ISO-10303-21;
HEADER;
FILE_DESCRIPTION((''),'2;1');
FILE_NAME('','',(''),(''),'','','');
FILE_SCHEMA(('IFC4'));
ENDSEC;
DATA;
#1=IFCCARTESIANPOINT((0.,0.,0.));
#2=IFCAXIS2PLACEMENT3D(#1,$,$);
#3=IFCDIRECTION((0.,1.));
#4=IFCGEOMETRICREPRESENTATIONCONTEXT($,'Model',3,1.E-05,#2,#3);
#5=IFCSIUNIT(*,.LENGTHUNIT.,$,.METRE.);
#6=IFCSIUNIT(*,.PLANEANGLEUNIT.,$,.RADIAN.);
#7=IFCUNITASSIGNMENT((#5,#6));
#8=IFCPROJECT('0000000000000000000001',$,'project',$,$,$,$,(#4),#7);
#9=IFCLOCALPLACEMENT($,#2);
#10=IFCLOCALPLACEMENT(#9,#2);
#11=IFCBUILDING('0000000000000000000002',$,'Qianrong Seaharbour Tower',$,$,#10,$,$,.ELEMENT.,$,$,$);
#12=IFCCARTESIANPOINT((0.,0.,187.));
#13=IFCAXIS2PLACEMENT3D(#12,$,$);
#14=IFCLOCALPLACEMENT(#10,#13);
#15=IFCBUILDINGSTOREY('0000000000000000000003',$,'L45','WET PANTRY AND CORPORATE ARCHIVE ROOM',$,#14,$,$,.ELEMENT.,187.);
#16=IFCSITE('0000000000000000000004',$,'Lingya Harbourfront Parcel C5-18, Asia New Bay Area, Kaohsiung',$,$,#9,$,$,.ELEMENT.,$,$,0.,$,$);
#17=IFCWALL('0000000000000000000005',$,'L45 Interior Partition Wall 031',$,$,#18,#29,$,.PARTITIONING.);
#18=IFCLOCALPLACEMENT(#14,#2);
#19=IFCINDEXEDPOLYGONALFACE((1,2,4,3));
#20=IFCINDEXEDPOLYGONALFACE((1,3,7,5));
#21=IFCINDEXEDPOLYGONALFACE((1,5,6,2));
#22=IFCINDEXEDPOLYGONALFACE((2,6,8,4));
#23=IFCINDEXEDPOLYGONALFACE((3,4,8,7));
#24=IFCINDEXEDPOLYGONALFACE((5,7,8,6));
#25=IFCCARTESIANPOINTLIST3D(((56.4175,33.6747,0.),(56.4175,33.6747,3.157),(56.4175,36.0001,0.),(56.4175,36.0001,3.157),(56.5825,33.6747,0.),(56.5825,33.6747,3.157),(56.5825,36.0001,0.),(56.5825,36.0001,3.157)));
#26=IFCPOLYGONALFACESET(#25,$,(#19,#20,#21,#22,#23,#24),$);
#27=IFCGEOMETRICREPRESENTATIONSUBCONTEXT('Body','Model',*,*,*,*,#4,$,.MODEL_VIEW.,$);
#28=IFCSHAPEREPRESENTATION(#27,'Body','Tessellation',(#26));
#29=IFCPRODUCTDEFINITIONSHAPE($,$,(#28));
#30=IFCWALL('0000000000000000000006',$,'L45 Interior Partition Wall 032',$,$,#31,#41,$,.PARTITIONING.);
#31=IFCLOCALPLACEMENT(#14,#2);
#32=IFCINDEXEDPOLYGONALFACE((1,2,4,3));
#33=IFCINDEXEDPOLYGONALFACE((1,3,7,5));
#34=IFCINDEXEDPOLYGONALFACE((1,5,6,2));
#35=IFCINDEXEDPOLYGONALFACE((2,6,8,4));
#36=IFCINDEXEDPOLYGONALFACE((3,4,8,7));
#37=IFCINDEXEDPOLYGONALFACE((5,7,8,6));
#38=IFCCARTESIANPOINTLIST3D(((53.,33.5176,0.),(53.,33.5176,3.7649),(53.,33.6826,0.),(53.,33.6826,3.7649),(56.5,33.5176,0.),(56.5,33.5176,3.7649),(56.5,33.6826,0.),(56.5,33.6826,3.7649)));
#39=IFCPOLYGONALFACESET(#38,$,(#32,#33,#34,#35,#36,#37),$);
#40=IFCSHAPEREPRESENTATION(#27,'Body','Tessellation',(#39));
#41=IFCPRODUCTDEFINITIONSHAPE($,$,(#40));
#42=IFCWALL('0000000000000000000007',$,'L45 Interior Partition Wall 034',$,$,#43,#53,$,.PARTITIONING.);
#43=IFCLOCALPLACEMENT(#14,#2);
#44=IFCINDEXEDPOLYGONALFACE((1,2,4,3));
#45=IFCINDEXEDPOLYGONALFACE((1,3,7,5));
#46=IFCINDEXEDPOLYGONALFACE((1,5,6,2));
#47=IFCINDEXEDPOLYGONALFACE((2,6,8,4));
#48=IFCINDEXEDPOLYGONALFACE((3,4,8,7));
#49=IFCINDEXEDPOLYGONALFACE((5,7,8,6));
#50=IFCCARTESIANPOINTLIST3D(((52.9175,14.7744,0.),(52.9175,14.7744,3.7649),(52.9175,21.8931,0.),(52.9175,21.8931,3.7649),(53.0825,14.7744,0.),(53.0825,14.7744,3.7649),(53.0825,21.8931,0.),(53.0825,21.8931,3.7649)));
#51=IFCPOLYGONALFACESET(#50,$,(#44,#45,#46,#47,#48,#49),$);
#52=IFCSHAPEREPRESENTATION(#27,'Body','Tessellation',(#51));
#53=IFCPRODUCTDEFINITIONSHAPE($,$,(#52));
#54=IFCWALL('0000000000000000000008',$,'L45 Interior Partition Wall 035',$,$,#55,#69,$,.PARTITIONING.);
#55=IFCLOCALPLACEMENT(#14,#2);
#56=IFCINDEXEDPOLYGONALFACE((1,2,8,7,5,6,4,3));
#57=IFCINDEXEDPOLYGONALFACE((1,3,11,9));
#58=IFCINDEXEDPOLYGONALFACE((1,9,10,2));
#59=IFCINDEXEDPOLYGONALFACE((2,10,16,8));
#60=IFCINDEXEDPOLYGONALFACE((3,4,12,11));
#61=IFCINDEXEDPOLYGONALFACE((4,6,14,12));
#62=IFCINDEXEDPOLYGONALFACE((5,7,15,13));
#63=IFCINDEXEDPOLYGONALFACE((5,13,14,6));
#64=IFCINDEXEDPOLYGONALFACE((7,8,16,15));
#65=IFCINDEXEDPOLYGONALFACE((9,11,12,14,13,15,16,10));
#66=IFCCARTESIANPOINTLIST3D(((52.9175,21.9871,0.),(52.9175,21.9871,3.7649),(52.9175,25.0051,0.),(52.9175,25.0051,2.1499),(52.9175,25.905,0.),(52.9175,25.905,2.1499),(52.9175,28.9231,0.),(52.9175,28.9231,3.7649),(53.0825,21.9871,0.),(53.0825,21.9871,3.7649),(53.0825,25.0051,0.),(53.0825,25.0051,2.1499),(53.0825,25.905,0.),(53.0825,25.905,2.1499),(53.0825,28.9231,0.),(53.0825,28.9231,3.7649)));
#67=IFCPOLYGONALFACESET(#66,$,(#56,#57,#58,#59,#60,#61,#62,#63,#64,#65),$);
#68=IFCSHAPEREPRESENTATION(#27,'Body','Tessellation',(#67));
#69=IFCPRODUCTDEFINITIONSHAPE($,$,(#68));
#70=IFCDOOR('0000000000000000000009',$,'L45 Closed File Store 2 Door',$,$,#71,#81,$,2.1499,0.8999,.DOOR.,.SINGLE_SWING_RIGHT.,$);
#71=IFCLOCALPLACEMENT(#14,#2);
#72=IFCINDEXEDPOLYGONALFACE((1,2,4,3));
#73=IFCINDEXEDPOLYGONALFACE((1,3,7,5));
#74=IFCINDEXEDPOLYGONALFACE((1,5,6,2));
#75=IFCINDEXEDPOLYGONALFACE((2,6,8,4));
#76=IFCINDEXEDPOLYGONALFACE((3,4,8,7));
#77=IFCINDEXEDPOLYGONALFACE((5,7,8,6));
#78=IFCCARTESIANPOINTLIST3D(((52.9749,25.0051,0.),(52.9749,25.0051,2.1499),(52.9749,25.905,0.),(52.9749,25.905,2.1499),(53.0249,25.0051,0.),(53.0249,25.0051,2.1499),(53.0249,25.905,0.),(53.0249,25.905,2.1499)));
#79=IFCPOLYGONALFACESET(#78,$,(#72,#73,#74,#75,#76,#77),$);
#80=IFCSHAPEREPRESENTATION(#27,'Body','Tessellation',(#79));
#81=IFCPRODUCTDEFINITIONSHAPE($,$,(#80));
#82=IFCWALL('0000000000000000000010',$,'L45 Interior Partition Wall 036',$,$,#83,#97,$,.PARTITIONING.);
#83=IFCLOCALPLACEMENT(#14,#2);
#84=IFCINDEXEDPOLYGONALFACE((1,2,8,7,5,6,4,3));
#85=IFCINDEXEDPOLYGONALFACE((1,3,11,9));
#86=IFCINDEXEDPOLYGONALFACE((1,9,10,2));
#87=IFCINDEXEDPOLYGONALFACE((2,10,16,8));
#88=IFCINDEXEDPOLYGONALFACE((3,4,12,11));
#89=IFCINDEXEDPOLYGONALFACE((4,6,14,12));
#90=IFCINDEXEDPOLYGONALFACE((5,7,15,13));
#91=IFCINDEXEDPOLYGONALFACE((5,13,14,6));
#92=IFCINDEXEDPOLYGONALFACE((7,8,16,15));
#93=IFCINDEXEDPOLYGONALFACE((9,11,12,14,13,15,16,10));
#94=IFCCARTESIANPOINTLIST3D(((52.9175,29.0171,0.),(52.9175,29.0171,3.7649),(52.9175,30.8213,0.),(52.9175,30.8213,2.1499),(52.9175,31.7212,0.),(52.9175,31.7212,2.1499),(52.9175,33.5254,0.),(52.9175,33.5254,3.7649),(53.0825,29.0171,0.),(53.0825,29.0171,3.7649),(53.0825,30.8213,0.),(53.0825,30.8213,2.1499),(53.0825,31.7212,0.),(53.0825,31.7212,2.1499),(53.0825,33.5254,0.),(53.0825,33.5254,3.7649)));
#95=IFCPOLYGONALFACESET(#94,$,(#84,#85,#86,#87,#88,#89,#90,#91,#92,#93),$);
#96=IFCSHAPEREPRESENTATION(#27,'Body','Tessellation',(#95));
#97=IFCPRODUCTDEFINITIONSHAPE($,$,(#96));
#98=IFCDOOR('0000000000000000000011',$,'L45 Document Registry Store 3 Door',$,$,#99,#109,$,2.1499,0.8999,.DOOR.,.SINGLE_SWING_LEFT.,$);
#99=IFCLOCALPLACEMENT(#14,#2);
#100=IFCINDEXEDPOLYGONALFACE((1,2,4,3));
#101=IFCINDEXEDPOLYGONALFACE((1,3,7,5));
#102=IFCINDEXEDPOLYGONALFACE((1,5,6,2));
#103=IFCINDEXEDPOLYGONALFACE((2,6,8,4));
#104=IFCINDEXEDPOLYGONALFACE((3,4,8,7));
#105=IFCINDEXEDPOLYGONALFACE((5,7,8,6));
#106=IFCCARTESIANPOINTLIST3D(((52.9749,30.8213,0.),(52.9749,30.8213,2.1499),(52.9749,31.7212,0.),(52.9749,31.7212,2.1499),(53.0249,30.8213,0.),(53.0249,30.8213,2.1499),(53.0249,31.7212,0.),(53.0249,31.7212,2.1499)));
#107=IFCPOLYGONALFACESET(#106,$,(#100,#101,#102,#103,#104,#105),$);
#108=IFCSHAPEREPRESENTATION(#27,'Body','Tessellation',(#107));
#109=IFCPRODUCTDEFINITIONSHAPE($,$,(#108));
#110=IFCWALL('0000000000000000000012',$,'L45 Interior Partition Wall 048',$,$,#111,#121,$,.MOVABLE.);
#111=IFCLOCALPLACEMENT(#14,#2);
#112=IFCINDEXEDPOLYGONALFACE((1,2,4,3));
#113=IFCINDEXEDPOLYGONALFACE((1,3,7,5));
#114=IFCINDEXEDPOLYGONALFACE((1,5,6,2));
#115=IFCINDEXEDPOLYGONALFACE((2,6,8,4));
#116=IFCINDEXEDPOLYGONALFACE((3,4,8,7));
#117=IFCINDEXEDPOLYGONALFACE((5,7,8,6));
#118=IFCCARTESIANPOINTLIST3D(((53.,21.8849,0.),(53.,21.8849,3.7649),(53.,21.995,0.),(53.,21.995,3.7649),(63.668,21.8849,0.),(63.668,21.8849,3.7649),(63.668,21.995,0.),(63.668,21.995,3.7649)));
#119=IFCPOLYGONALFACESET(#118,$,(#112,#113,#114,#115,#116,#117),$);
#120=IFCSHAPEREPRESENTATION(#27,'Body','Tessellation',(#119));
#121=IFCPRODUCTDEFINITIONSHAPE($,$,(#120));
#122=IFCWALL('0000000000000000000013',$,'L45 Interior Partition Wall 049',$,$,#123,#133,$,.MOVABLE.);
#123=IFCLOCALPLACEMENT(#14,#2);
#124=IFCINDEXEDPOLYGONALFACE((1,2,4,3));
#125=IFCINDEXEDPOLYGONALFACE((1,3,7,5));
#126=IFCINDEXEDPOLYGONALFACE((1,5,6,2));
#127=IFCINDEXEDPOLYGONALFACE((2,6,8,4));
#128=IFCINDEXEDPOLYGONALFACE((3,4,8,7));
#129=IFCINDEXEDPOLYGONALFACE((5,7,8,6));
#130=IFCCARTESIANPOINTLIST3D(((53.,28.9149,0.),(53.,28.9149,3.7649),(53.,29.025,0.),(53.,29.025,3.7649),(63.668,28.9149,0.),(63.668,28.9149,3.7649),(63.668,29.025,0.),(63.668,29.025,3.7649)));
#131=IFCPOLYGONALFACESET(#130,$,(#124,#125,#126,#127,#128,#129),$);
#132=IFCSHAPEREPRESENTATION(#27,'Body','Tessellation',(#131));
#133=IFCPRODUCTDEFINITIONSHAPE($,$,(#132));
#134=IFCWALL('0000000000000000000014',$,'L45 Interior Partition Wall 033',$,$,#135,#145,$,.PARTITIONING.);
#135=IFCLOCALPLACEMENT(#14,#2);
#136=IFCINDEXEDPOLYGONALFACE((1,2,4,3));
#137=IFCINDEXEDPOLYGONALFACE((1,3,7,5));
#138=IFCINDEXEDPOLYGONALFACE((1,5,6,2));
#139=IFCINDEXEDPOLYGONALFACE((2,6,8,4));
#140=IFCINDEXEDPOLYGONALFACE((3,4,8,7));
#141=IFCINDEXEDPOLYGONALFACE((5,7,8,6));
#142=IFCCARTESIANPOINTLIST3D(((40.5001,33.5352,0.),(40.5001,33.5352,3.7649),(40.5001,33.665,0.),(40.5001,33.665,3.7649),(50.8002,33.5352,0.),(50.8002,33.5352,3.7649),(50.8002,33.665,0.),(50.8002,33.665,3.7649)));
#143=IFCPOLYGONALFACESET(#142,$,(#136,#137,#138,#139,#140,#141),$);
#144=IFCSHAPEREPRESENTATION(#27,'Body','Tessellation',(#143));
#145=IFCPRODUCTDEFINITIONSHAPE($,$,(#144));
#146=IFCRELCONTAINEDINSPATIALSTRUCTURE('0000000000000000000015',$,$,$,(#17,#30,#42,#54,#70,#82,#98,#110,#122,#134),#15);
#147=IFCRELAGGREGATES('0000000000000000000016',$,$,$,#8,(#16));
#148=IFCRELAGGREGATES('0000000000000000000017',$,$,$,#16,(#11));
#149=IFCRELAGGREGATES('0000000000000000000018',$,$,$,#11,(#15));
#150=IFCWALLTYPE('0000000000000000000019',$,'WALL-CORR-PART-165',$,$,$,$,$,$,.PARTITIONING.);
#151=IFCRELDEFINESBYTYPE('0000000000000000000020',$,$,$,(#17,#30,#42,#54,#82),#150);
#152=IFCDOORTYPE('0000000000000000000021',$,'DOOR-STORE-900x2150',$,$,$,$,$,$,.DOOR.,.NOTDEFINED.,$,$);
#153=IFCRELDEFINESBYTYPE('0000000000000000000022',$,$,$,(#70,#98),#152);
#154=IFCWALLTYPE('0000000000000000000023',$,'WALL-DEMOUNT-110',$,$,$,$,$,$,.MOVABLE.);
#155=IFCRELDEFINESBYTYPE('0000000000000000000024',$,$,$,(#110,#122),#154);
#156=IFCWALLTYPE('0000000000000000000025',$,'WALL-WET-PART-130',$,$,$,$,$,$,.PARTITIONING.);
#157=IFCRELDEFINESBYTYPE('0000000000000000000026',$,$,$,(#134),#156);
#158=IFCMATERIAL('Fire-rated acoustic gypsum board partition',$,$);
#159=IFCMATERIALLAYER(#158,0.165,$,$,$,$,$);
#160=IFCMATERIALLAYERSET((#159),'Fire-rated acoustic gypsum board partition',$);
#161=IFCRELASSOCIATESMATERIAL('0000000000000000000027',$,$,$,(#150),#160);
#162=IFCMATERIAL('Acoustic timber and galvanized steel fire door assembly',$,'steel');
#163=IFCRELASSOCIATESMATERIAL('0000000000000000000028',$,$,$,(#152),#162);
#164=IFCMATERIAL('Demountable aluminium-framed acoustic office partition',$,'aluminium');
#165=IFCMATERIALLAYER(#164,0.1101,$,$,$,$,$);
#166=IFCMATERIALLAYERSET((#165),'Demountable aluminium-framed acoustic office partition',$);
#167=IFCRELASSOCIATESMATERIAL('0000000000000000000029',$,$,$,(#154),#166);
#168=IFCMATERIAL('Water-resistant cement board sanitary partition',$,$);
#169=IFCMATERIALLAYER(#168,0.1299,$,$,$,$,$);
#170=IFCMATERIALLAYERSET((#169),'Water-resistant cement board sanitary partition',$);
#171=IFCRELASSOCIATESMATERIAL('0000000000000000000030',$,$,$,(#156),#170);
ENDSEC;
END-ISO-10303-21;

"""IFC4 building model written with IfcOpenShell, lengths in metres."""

from ifc_helpers import new_model, si_unit, direction, frame, frame_2d, origin, place, context, subcontext, project, spatial, rectangle, extrude, material, layer, layer_set, type_object, element, fill, save


model = new_model("IFC4")

# Units and contexts
model_context = context("Model", 3, precision=1e-05, world=origin(), true_north=direction((0.0, 1.0)))
body_context = subcontext(model_context, "Body", "Model", "MODEL_VIEW")
ifc_project = project(units=[si_unit("LENGTHUNIT", "METRE"), si_unit("PLANEANGLEUNIT", "RADIAN")], contexts=[model_context])

# Site, building, storey
site_placement = place(None, origin())
site = spatial("IfcSite", under=ifc_project, at=site_placement, Name="Lingya Harbourfront Parcel C5-18, Asia New Bay Area, Kaohsiung", CompositionType="ELEMENT", RefElevation=0.0)
building_placement = place(site_placement, origin())
building = spatial("IfcBuilding", under=site, at=building_placement, Name="Qianrong Seaharbour Tower", CompositionType="ELEMENT")
storey_placement = place(building_placement, frame((0.0, 0.0, 187.0)))
storey = spatial("IfcBuildingStorey", under=building, at=storey_placement, Name="L45", Description="WET PANTRY AND CORPORATE ARCHIVE ROOM", CompositionType="ELEMENT", Elevation=187.0)

# Walls
ifc_material_1 = material(Name="Fire-rated acoustic gypsum board partition")
ifc_layer_1 = layer(ifc_material_1, 0.165)
ifc_layer_set_1 = layer_set([ifc_layer_1], Name="Fire-rated acoustic gypsum board partition")
wall_type_1 = type_object("IfcWallType", Name="WALL-CORR-PART-165", PredefinedType="PARTITIONING", material=ifc_layer_set_1)
wall_1_placement = place(storey_placement, frame((56.5, 36.0, 0.0), z_axis=(0.0, 0.0, 1.0), x_axis=(0.0, -1.0, 0.0)))
element("IfcWall", 1, at=wall_1_placement, inside=storey, type_object=wall_type_1, Name="L45 Interior Partition Wall 031", PredefinedType="PARTITIONING", context=body_context, shape_type="SweptSolid", body=[
    extrude(rectangle(XDim=2.3254, YDim=0.165, at=frame_2d((1.1626, 0.0))), origin(), (0.0, 0.0, 1.0), 3.157),
])
wall_2_placement = place(storey_placement, frame((56.5, 33.6001, 0.0), z_axis=(0.0, 0.0, 1.0), x_axis=(-1.0, 0.0, 0.0)))
element("IfcWall", 2, at=wall_2_placement, inside=storey, type_object=wall_type_1, Name="L45 Interior Partition Wall 032", PredefinedType="PARTITIONING", context=body_context, shape_type="SweptSolid", body=[
    extrude(rectangle(XDim=3.5, YDim=0.165, at=frame_2d((1.75, 0.0))), origin(), (0.0, 0.0, 1.0), 3.7649),
])
wall_3_placement = place(storey_placement, frame((53.0, 21.8931, 0.0), z_axis=(0.0, 0.0, 1.0), x_axis=(0.0, -1.0, 0.0)))
element("IfcWall", 3, at=wall_3_placement, inside=storey, type_object=wall_type_1, Name="L45 Interior Partition Wall 034", PredefinedType="PARTITIONING", context=body_context, shape_type="SweptSolid", body=[
    extrude(rectangle(XDim=7.1187, YDim=0.165, at=frame_2d((3.5593, 0.0))), origin(), (0.0, 0.0, 1.0), 3.7649),
])

# Walls, openings, doors
wall_4_placement = place(storey_placement, frame((53.0, 28.9231, 0.0), z_axis=(0.0, 0.0, 1.0), x_axis=(0.0, -1.0, 0.0)))
wall_4 = element("IfcWall", 4, at=wall_4_placement, inside=storey, type_object=wall_type_1, Name="L45 Interior Partition Wall 035", PredefinedType="PARTITIONING", context=body_context, shape_type="SweptSolid", body=[
    extrude(rectangle(XDim=6.936, YDim=0.165, at=frame_2d((3.468, 0.0))), origin(), (0.0, 0.0, 1.0), 3.7649),
])
opening_1_placement = place(wall_4_placement, frame((3.0181, 0.0, 0.0)))
opening_1 = element("IfcOpeningElement", 5, at=opening_1_placement, cuts=wall_4, PredefinedType="OPENING", context=body_context, shape_type="SweptSolid", body=[
    extrude(rectangle(XDim=0.8999, YDim=2.1499, at=frame_2d((0.45, 1.075))), frame((0.0, 0.0925, 0.0), z_axis=(0.0, -1.0, 0.0), x_axis=(1.0, 0.0, 0.0)), (0.0, 0.0, 1.0), 0.1851),
])
ifc_material_2 = material(Name="Acoustic timber and galvanized steel fire door assembly", Category="steel")
door_type = type_object("IfcDoorType", Name="DOOR-STORE-900x2150", OperationType="NOTDEFINED", PredefinedType="DOOR", material=ifc_material_2)
door_1_placement = place(opening_1_placement, origin())
door_1 = element("IfcDoor", 6, at=door_1_placement, inside=storey, type_object=door_type, Name="L45 Closed File Store 2 Door", OperationType="SINGLE_SWING_RIGHT", OverallHeight=2.1499, OverallWidth=0.8999, PredefinedType="DOOR", context=body_context, shape_type="SweptSolid", body=[
    extrude(rectangle(XDim=0.8999, YDim=2.1499, at=frame_2d((0.45, 1.075))), frame((0.0, 0.0249, 0.0), z_axis=(0.0, -1.0, 0.0), x_axis=(1.0, 0.0, 0.0)), (0.0, 0.0, 1.0), 0.05),
])
fill(opening_1, door_1)
wall_5_placement = place(storey_placement, frame((53.0, 33.5254, 0.0), z_axis=(0.0, 0.0, 1.0), x_axis=(0.0, -1.0, 0.0)))
wall_5 = element("IfcWall", 7, at=wall_5_placement, inside=storey, type_object=wall_type_1, Name="L45 Interior Partition Wall 036", PredefinedType="PARTITIONING", context=body_context, shape_type="SweptSolid", body=[
    extrude(rectangle(XDim=4.5083, YDim=0.165, at=frame_2d((2.2542, 0.0))), origin(), (0.0, 0.0, 1.0), 3.7649),
])
opening_2_placement = place(wall_5_placement, frame((1.8042, 0.0, 0.0)))
opening_2 = element("IfcOpeningElement", 8, at=opening_2_placement, cuts=wall_5, PredefinedType="OPENING", context=body_context, shape_type="SweptSolid", body=[
    extrude(rectangle(XDim=0.8999, YDim=2.1499, at=frame_2d((0.45, 1.075))), frame((0.0, 0.0925, 0.0), z_axis=(0.0, -1.0, 0.0), x_axis=(1.0, 0.0, 0.0)), (0.0, 0.0, 1.0), 0.1851),
])
door_2_placement = place(opening_2_placement, origin())
door_2 = element("IfcDoor", 9, at=door_2_placement, inside=storey, type_object=door_type, Name="L45 Document Registry Store 3 Door", OperationType="SINGLE_SWING_LEFT", OverallHeight=2.1499, OverallWidth=0.8999, PredefinedType="DOOR", context=body_context, shape_type="SweptSolid", body=[
    extrude(rectangle(XDim=0.8999, YDim=2.1499, at=frame_2d((0.45, 1.075))), frame((0.0, 0.0249, 0.0), z_axis=(0.0, -1.0, 0.0), x_axis=(1.0, 0.0, 0.0)), (0.0, 0.0, 1.0), 0.05),
])
fill(opening_2, door_2)

# Walls
ifc_material_3 = material(Name="Demountable aluminium-framed acoustic office partition", Category="aluminium")
ifc_layer_2 = layer(ifc_material_3, 0.1101)
ifc_layer_set_2 = layer_set([ifc_layer_2], Name="Demountable aluminium-framed acoustic office partition")
wall_type_2 = type_object("IfcWallType", Name="WALL-DEMOUNT-110", PredefinedType="MOVABLE", material=ifc_layer_set_2)
for number, where, z_axis, x_axis, name in (
    (10, (53.0, 21.9399, 0.0), (0.0, 0.0, 1.0), (1.0, 0.0, 0.0), "L45 Interior Partition Wall 048"),
    (11, (53.0, 28.97, 0.0), (0.0, 0.0, 1.0), (1.0, 0.0, 0.0), "L45 Interior Partition Wall 049"),
):
    element("IfcWall", number, at=place(storey_placement, frame(where, z_axis=z_axis, x_axis=x_axis)), inside=storey, type_object=wall_type_2, Name=name, PredefinedType="MOVABLE", context=body_context, shape_type="SweptSolid", body=[
        extrude(rectangle(XDim=10.668, YDim=0.1101, at=frame_2d((5.334, 0.0))), origin(), (0.0, 0.0, 1.0), 3.7649),
    ])
ifc_material_4 = material(Name="Water-resistant cement board sanitary partition")
ifc_layer_3 = layer(ifc_material_4, 0.1299)
ifc_layer_set_3 = layer_set([ifc_layer_3], Name="Water-resistant cement board sanitary partition")
wall_type_3 = type_object("IfcWallType", Name="WALL-WET-PART-130", PredefinedType="PARTITIONING", material=ifc_layer_set_3)
wall_6_placement = place(storey_placement, frame((50.8, 33.6001, 0.0), z_axis=(0.0, 0.0, 1.0), x_axis=(-1.0, 0.0, 0.0)))
element("IfcWall", 12, at=wall_6_placement, inside=storey, type_object=wall_type_3, Name="L45 Interior Partition Wall 033", PredefinedType="PARTITIONING", context=body_context, shape_type="SweptSolid", body=[
    extrude(rectangle(XDim=10.3, YDim=0.1299, at=frame_2d((5.1499, 0.0))), origin(), (0.0, 0.0, 1.0), 3.7649),
])

save(model, "model.ifc")
